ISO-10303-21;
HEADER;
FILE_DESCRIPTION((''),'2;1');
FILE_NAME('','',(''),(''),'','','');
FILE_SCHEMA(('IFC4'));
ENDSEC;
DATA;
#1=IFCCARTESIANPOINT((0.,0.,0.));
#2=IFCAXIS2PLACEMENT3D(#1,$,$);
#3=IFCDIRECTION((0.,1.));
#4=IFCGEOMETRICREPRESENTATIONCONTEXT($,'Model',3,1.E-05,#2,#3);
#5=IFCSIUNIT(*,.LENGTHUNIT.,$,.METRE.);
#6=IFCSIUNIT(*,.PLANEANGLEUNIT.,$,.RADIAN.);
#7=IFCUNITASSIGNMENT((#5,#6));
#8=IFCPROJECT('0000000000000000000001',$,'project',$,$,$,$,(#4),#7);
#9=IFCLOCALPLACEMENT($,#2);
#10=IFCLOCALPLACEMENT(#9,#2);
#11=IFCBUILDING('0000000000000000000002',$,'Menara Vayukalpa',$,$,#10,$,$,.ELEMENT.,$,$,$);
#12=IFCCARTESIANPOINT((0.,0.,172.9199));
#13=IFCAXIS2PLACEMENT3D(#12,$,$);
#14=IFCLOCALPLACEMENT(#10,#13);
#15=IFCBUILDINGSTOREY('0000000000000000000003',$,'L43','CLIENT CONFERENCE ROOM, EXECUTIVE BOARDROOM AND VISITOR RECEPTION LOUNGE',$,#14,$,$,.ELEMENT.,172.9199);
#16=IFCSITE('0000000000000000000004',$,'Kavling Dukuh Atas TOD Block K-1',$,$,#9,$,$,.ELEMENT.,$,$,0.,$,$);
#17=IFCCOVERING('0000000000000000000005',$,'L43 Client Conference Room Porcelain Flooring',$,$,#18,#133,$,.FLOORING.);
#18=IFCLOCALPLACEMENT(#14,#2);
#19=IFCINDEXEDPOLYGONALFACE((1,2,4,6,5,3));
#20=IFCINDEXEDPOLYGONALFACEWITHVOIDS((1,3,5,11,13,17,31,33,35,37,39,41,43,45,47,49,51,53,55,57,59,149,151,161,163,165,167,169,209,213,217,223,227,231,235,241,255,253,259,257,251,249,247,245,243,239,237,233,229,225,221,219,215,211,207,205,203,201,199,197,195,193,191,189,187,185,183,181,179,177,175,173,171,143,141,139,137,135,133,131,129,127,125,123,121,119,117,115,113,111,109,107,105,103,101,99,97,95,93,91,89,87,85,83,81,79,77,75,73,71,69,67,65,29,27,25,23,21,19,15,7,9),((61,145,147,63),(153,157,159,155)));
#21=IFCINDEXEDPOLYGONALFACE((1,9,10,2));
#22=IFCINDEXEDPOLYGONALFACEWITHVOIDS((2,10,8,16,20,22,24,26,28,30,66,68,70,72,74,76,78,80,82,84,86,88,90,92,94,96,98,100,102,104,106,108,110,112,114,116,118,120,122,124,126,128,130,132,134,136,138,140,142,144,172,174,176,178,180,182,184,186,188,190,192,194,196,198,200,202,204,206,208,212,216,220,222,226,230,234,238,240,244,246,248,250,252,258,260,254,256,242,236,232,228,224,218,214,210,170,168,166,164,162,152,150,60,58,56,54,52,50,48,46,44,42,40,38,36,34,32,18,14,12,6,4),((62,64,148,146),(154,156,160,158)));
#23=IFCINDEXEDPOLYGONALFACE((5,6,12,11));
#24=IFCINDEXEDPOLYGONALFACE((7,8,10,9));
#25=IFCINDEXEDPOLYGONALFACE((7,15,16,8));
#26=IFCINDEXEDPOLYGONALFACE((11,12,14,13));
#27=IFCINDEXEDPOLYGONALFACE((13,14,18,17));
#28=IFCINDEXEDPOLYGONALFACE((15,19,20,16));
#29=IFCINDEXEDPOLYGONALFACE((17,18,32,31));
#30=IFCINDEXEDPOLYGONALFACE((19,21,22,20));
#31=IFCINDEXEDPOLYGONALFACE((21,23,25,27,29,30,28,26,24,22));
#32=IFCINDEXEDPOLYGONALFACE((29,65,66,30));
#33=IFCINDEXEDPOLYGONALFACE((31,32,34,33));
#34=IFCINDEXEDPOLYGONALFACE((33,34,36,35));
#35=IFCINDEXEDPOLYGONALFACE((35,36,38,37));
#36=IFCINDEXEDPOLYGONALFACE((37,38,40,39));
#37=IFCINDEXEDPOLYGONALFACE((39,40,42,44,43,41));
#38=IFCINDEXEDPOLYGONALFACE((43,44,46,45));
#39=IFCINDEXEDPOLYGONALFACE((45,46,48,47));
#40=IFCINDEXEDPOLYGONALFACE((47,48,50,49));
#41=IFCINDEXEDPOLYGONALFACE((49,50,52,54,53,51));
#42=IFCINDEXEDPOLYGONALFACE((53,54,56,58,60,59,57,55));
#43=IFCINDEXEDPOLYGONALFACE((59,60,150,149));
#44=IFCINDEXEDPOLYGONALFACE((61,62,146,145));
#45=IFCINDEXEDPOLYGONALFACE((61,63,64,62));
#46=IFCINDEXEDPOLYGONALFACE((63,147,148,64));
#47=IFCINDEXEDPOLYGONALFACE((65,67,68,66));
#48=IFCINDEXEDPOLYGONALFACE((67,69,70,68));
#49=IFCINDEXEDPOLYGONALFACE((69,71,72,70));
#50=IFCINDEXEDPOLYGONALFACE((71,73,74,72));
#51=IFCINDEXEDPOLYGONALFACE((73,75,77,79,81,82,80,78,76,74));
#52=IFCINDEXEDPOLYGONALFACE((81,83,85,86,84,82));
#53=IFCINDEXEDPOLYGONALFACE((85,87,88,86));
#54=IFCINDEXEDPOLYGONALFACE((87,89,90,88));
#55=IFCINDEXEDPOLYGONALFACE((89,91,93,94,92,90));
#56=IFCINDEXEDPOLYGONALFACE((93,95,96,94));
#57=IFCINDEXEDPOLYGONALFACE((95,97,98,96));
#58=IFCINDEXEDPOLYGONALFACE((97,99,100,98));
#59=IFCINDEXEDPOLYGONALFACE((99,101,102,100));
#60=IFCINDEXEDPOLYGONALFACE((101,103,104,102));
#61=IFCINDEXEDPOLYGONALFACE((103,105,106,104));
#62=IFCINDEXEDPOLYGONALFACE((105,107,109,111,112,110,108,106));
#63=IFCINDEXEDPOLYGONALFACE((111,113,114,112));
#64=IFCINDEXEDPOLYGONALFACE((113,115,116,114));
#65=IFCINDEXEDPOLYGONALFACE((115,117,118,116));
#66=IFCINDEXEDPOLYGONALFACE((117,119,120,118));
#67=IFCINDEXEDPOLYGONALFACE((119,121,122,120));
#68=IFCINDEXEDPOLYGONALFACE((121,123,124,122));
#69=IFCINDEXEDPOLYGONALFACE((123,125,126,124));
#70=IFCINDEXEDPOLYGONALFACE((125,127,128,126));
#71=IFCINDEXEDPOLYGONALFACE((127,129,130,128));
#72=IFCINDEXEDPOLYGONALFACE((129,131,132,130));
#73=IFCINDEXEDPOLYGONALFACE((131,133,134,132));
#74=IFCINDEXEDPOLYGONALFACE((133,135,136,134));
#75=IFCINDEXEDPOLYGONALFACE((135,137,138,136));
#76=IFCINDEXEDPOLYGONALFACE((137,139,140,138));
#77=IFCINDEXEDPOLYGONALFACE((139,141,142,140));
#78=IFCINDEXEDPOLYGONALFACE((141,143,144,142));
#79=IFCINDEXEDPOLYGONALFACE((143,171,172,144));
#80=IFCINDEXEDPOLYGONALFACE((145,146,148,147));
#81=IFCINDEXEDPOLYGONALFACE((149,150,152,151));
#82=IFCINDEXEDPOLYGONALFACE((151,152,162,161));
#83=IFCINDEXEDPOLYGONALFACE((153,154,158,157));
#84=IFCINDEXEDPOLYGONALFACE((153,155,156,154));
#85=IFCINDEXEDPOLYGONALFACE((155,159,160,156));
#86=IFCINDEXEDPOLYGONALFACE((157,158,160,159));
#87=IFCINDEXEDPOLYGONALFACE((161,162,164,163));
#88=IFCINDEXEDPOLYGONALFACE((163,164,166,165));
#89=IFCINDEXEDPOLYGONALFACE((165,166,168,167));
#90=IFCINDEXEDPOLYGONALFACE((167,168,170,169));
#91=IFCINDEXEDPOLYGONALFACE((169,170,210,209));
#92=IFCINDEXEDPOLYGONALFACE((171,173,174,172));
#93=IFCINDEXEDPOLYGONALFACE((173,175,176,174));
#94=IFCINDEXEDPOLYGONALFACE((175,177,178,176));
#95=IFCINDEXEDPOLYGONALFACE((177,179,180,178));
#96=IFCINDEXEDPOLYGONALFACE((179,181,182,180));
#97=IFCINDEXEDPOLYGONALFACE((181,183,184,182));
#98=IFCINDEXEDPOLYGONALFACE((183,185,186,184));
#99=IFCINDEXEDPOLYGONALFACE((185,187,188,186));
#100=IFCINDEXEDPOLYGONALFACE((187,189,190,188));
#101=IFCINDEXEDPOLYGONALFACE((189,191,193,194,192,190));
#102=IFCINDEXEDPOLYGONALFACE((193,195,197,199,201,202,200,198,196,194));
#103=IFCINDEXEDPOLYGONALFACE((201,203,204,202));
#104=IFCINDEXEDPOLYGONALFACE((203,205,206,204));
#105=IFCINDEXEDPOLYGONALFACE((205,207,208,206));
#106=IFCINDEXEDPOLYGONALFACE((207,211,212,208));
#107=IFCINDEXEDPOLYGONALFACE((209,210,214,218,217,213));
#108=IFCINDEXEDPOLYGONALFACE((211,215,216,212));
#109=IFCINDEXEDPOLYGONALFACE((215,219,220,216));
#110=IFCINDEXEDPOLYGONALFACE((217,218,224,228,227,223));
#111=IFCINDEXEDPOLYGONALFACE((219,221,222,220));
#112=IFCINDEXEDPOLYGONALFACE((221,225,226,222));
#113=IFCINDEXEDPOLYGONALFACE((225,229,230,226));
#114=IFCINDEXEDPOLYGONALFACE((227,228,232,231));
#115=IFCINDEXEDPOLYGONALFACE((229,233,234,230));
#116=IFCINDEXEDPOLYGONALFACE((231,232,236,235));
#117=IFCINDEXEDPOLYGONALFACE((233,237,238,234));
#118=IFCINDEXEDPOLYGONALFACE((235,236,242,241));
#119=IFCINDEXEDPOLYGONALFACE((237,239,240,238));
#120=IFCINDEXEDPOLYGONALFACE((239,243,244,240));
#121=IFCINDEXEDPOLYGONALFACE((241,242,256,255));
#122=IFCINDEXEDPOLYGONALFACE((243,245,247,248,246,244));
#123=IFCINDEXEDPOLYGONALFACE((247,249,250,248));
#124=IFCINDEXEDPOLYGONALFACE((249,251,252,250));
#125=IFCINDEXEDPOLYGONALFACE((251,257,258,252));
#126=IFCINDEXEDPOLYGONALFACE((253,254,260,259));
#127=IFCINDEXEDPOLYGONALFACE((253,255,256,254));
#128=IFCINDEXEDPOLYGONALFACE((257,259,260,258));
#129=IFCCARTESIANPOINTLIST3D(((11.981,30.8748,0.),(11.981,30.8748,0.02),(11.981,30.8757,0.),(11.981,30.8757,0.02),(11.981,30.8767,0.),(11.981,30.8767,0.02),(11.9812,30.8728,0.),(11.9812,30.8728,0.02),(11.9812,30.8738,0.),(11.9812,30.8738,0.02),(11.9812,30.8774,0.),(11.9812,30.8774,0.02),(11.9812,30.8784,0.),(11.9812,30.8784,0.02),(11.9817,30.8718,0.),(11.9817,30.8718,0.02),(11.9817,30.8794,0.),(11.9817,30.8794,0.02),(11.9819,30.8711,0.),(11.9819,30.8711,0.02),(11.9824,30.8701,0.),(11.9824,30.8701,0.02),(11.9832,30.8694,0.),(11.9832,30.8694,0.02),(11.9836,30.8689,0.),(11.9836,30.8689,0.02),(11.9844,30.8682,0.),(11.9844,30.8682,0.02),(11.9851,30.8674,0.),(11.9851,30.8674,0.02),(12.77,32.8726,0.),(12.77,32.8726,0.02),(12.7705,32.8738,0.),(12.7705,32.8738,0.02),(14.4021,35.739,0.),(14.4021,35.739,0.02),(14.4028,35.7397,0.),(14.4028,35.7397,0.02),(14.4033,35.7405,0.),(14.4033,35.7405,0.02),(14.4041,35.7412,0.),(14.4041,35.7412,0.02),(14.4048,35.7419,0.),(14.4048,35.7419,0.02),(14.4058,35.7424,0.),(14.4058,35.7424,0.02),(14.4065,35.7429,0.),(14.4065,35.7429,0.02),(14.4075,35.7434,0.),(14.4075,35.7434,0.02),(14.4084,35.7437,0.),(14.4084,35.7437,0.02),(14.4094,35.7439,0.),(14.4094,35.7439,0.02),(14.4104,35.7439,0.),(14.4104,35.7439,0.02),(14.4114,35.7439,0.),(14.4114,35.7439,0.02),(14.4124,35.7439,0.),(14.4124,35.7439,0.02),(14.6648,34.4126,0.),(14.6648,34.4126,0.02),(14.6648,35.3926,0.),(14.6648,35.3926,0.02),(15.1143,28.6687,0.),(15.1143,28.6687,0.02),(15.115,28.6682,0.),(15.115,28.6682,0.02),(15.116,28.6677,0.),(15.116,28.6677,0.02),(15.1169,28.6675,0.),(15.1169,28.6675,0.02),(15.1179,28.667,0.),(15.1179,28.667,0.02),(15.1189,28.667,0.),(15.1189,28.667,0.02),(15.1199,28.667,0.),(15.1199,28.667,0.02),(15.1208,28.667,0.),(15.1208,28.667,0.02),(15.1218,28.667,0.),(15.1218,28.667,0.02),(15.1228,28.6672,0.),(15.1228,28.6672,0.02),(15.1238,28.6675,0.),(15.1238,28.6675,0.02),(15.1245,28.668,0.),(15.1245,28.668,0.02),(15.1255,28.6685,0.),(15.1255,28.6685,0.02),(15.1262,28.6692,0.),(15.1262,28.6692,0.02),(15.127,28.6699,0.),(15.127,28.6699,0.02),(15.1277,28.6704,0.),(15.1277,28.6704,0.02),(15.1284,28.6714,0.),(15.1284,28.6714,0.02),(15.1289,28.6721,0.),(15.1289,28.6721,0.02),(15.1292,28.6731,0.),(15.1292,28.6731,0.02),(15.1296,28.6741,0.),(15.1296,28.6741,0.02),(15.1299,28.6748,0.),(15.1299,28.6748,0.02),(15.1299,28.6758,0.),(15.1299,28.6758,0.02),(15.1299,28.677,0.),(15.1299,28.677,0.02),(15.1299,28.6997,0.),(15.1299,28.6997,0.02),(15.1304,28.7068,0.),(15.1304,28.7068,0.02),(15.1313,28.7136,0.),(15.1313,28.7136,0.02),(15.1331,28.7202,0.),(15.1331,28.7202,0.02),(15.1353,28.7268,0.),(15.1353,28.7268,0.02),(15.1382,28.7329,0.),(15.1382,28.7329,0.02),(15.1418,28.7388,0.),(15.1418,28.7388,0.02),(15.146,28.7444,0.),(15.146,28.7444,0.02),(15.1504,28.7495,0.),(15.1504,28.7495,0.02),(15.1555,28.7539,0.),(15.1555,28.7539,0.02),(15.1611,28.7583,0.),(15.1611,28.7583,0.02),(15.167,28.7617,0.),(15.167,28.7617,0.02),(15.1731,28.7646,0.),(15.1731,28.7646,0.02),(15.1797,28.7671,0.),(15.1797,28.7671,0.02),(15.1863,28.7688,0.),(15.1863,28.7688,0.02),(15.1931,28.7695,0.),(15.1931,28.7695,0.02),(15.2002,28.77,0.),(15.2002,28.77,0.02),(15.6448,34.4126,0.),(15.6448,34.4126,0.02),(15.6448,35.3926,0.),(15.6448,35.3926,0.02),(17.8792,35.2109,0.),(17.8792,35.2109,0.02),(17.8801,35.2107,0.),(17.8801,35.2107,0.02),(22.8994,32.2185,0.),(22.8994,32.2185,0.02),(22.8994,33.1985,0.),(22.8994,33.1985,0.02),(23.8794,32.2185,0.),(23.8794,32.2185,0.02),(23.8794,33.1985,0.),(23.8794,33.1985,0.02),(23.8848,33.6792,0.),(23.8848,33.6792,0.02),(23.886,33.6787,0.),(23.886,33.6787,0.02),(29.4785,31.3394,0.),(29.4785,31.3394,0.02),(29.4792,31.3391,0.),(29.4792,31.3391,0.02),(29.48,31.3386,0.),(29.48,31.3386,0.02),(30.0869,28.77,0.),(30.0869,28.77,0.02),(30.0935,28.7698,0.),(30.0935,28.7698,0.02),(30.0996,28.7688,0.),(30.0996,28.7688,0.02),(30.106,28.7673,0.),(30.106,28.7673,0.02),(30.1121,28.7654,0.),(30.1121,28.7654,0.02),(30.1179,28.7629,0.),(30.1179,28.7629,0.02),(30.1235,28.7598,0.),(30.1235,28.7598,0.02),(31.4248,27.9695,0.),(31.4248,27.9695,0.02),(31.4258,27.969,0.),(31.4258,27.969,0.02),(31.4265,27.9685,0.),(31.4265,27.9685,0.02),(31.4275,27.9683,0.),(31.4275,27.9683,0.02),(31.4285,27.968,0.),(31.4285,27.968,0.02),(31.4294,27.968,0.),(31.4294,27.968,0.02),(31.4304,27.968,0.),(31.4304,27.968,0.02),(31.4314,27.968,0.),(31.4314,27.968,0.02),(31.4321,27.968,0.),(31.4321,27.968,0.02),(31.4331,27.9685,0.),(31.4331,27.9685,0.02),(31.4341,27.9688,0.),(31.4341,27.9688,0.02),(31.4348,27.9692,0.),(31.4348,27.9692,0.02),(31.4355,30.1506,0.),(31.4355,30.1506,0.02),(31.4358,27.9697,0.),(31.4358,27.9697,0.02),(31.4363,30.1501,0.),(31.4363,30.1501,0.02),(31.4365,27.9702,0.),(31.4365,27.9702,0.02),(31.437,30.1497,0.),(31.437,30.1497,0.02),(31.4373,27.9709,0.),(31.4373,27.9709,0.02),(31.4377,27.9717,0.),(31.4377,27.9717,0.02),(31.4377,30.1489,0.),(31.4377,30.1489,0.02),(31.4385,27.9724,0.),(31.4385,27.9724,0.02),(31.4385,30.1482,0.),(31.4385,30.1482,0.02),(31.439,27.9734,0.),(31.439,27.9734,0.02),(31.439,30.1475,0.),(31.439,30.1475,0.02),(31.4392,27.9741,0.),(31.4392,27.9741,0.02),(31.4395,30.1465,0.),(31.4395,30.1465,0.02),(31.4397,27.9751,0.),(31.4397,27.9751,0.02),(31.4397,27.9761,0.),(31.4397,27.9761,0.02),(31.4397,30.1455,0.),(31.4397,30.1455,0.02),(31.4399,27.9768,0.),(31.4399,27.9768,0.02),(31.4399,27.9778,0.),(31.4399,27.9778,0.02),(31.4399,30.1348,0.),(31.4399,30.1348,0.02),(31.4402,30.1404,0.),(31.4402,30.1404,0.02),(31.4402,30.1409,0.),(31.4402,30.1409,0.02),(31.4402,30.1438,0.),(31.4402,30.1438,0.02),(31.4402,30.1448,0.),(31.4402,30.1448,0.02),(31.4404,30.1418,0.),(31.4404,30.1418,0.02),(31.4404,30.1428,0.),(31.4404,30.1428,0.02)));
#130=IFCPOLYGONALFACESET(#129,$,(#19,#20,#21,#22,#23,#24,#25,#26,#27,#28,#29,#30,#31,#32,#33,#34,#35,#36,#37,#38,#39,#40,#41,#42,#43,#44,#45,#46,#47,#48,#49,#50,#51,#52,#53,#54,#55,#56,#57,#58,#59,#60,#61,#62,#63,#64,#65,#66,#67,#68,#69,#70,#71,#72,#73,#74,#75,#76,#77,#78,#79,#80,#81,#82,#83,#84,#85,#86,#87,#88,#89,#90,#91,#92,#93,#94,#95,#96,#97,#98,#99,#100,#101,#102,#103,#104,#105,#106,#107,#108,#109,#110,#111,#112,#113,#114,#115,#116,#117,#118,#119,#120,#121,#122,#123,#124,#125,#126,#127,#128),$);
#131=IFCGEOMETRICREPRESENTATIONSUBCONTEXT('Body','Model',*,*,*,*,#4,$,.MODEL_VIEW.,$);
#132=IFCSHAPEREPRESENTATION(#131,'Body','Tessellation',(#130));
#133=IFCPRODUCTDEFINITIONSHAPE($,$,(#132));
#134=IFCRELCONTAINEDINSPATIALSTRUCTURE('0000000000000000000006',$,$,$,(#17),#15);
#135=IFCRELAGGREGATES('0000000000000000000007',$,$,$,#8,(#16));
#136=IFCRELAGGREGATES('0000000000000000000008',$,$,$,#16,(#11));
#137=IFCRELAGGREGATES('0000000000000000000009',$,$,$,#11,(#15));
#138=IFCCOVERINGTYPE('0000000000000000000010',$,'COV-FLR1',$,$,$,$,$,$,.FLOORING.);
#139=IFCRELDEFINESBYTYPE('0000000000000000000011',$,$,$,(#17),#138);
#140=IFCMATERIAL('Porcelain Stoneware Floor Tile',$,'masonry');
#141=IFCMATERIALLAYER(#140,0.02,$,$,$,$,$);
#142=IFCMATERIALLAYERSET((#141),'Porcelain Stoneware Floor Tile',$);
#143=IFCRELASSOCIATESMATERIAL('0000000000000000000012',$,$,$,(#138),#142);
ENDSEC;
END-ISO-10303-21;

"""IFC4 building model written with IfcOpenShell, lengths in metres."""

from ifc_helpers import new_model, si_unit, direction, frame, origin, place, context, subcontext, project, spatial, polyline, outline, extrude, material, layer, layer_set, type_object, element, save


model = new_model("IFC4")

# Units and contexts
model_context = context("Model", 3, precision=1e-05, world=origin(), true_north=direction((0.0, 1.0)))
body_context = subcontext(model_context, "Body", "Model", "MODEL_VIEW")
ifc_project = project(units=[si_unit("LENGTHUNIT", "METRE"), si_unit("PLANEANGLEUNIT", "RADIAN")], contexts=[model_context])

# Site, building, storey
site_placement = place(None, origin())
site = spatial("IfcSite", under=ifc_project, at=site_placement, Name="Kavling Dukuh Atas TOD Block K-1", CompositionType="ELEMENT", RefElevation=0.0)
building_placement = place(site_placement, origin())
building = spatial("IfcBuilding", under=site, at=building_placement, Name="Menara Vayukalpa", CompositionType="ELEMENT")
storey_placement = place(building_placement, frame((0.0, 0.0, 172.9199)))
storey = spatial("IfcBuildingStorey", under=building, at=storey_placement, Name="L43", Description="CLIENT CONFERENCE ROOM, EXECUTIVE BOARDROOM AND VISITOR RECEPTION LOUNGE", CompositionType="ELEMENT", Elevation=172.9199)

# Covering
ifc_material_1 = material(Name="Porcelain Stoneware Floor Tile", Category="masonry")
ifc_layer_1 = layer(ifc_material_1, 0.02)
ifc_layer_set_1 = layer_set([ifc_layer_1], Name="Porcelain Stoneware Floor Tile")
covering_type_1 = type_object("IfcCoveringType", Name="COV-FLR1", PredefinedType="FLOORING", material=ifc_layer_set_1)
covering_1_placement = place(storey_placement, origin())
element("IfcCovering", 1, at=covering_1_placement, inside=storey, type_object=covering_type_1, Name="L43 Client Conference Room Porcelain Flooring", PredefinedType="FLOORING", context=body_context, shape_type="SweptSolid", body=[
    extrude(outline(polyline([(14.4021, 35.739), (14.4028, 35.7397), (14.4033, 35.7405), (14.4041, 35.7412), (14.4048, 35.7419), (14.4058, 35.7424), (14.4065, 35.7429), (14.4075, 35.7434), (14.4084, 35.7437), (14.4094, 35.7439), (14.4104, 35.7439), (14.4114, 35.7439), (14.4124, 35.7439), (17.8792, 35.2109), (17.8801, 35.2107), (23.8848, 33.6792), (23.886, 33.6787), (29.4785, 31.3394), (29.4792, 31.3391), (29.48, 31.3386), (31.4355, 30.1506), (31.4363, 30.1501), (31.437, 30.1497), (31.4377, 30.1489), (31.4385, 30.1482), (31.439, 30.1475), (31.4395, 30.1465), (31.4397, 30.1455), (31.4402, 30.1448), (31.4402, 30.1438), (31.4404, 30.1428), (31.4404, 30.1418), (31.4402, 30.1409), (31.4402, 30.1404), (31.4399, 30.1348), (31.4399, 27.9778), (31.4399, 27.9768), (31.4397, 27.9761), (31.4397, 27.9751), (31.4392, 27.9741), (31.439, 27.9734), (31.4385, 27.9724), (31.4377, 27.9717), (31.4373, 27.9709), (31.4365, 27.9702), (31.4358, 27.9697), (31.4348, 27.9692), (31.4341, 27.9688), (31.4331, 27.9685), (31.4321, 27.968), (31.4314, 27.968), (31.4304, 27.968), (31.4294, 27.968), (31.4285, 27.968), (31.4275, 27.9683), (31.4265, 27.9685), (31.4258, 27.969), (31.4248, 27.9695), (30.1235, 28.7598), (30.1179, 28.7629), (30.1121, 28.7654), (30.106, 28.7673), (30.0996, 28.7688), (30.0935, 28.7698), (30.0869, 28.77), (15.2002, 28.77), (15.1931, 28.7695), (15.1863, 28.7688), (15.1797, 28.7671), (15.1731, 28.7646), (15.167, 28.7617), (15.1611, 28.7583), (15.1555, 28.7539), (15.1504, 28.7495), (15.146, 28.7444), (15.1418, 28.7388), (15.1382, 28.7329), (15.1353, 28.7268), (15.1331, 28.7202), (15.1313, 28.7136), (15.1304, 28.7068), (15.1299, 28.6997), (15.1299, 28.677), (15.1299, 28.6758), (15.1299, 28.6748), (15.1296, 28.6741), (15.1292, 28.6731), (15.1289, 28.6721), (15.1284, 28.6714), (15.1277, 28.6704), (15.127, 28.6699), (15.1262, 28.6692), (15.1255, 28.6685), (15.1245, 28.668), (15.1238, 28.6675), (15.1228, 28.6672), (15.1218, 28.667), (15.1208, 28.667), (15.1199, 28.667), (15.1189, 28.667), (15.1179, 28.667), (15.1169, 28.6675), (15.116, 28.6677), (15.115, 28.6682), (15.1143, 28.6687), (11.9851, 30.8674), (11.9844, 30.8682), (11.9836, 30.8689), (11.9832, 30.8694), (11.9824, 30.8701), (11.9819, 30.8711), (11.9817, 30.8718), (11.9812, 30.8728), (11.9812, 30.8738), (11.981, 30.8748), (11.981, 30.8757), (11.981, 30.8767), (11.9812, 30.8774), (11.9812, 30.8784), (11.9817, 30.8794), (12.77, 32.8726), (12.7705, 32.8738), (14.4021, 35.739)]), holes=[polyline([(15.6448, 35.3926), (14.6648, 35.3926), (14.6648, 34.4126), (15.6448, 34.4126), (15.6448, 35.3926)]), polyline([(23.8794, 33.1985), (22.8994, 33.1985), (22.8994, 32.2185), (23.8794, 32.2185), (23.8794, 33.1985)])]), origin(), (0.0, 0.0, 1.0), 0.02),
])

save(model, "model.ifc")
